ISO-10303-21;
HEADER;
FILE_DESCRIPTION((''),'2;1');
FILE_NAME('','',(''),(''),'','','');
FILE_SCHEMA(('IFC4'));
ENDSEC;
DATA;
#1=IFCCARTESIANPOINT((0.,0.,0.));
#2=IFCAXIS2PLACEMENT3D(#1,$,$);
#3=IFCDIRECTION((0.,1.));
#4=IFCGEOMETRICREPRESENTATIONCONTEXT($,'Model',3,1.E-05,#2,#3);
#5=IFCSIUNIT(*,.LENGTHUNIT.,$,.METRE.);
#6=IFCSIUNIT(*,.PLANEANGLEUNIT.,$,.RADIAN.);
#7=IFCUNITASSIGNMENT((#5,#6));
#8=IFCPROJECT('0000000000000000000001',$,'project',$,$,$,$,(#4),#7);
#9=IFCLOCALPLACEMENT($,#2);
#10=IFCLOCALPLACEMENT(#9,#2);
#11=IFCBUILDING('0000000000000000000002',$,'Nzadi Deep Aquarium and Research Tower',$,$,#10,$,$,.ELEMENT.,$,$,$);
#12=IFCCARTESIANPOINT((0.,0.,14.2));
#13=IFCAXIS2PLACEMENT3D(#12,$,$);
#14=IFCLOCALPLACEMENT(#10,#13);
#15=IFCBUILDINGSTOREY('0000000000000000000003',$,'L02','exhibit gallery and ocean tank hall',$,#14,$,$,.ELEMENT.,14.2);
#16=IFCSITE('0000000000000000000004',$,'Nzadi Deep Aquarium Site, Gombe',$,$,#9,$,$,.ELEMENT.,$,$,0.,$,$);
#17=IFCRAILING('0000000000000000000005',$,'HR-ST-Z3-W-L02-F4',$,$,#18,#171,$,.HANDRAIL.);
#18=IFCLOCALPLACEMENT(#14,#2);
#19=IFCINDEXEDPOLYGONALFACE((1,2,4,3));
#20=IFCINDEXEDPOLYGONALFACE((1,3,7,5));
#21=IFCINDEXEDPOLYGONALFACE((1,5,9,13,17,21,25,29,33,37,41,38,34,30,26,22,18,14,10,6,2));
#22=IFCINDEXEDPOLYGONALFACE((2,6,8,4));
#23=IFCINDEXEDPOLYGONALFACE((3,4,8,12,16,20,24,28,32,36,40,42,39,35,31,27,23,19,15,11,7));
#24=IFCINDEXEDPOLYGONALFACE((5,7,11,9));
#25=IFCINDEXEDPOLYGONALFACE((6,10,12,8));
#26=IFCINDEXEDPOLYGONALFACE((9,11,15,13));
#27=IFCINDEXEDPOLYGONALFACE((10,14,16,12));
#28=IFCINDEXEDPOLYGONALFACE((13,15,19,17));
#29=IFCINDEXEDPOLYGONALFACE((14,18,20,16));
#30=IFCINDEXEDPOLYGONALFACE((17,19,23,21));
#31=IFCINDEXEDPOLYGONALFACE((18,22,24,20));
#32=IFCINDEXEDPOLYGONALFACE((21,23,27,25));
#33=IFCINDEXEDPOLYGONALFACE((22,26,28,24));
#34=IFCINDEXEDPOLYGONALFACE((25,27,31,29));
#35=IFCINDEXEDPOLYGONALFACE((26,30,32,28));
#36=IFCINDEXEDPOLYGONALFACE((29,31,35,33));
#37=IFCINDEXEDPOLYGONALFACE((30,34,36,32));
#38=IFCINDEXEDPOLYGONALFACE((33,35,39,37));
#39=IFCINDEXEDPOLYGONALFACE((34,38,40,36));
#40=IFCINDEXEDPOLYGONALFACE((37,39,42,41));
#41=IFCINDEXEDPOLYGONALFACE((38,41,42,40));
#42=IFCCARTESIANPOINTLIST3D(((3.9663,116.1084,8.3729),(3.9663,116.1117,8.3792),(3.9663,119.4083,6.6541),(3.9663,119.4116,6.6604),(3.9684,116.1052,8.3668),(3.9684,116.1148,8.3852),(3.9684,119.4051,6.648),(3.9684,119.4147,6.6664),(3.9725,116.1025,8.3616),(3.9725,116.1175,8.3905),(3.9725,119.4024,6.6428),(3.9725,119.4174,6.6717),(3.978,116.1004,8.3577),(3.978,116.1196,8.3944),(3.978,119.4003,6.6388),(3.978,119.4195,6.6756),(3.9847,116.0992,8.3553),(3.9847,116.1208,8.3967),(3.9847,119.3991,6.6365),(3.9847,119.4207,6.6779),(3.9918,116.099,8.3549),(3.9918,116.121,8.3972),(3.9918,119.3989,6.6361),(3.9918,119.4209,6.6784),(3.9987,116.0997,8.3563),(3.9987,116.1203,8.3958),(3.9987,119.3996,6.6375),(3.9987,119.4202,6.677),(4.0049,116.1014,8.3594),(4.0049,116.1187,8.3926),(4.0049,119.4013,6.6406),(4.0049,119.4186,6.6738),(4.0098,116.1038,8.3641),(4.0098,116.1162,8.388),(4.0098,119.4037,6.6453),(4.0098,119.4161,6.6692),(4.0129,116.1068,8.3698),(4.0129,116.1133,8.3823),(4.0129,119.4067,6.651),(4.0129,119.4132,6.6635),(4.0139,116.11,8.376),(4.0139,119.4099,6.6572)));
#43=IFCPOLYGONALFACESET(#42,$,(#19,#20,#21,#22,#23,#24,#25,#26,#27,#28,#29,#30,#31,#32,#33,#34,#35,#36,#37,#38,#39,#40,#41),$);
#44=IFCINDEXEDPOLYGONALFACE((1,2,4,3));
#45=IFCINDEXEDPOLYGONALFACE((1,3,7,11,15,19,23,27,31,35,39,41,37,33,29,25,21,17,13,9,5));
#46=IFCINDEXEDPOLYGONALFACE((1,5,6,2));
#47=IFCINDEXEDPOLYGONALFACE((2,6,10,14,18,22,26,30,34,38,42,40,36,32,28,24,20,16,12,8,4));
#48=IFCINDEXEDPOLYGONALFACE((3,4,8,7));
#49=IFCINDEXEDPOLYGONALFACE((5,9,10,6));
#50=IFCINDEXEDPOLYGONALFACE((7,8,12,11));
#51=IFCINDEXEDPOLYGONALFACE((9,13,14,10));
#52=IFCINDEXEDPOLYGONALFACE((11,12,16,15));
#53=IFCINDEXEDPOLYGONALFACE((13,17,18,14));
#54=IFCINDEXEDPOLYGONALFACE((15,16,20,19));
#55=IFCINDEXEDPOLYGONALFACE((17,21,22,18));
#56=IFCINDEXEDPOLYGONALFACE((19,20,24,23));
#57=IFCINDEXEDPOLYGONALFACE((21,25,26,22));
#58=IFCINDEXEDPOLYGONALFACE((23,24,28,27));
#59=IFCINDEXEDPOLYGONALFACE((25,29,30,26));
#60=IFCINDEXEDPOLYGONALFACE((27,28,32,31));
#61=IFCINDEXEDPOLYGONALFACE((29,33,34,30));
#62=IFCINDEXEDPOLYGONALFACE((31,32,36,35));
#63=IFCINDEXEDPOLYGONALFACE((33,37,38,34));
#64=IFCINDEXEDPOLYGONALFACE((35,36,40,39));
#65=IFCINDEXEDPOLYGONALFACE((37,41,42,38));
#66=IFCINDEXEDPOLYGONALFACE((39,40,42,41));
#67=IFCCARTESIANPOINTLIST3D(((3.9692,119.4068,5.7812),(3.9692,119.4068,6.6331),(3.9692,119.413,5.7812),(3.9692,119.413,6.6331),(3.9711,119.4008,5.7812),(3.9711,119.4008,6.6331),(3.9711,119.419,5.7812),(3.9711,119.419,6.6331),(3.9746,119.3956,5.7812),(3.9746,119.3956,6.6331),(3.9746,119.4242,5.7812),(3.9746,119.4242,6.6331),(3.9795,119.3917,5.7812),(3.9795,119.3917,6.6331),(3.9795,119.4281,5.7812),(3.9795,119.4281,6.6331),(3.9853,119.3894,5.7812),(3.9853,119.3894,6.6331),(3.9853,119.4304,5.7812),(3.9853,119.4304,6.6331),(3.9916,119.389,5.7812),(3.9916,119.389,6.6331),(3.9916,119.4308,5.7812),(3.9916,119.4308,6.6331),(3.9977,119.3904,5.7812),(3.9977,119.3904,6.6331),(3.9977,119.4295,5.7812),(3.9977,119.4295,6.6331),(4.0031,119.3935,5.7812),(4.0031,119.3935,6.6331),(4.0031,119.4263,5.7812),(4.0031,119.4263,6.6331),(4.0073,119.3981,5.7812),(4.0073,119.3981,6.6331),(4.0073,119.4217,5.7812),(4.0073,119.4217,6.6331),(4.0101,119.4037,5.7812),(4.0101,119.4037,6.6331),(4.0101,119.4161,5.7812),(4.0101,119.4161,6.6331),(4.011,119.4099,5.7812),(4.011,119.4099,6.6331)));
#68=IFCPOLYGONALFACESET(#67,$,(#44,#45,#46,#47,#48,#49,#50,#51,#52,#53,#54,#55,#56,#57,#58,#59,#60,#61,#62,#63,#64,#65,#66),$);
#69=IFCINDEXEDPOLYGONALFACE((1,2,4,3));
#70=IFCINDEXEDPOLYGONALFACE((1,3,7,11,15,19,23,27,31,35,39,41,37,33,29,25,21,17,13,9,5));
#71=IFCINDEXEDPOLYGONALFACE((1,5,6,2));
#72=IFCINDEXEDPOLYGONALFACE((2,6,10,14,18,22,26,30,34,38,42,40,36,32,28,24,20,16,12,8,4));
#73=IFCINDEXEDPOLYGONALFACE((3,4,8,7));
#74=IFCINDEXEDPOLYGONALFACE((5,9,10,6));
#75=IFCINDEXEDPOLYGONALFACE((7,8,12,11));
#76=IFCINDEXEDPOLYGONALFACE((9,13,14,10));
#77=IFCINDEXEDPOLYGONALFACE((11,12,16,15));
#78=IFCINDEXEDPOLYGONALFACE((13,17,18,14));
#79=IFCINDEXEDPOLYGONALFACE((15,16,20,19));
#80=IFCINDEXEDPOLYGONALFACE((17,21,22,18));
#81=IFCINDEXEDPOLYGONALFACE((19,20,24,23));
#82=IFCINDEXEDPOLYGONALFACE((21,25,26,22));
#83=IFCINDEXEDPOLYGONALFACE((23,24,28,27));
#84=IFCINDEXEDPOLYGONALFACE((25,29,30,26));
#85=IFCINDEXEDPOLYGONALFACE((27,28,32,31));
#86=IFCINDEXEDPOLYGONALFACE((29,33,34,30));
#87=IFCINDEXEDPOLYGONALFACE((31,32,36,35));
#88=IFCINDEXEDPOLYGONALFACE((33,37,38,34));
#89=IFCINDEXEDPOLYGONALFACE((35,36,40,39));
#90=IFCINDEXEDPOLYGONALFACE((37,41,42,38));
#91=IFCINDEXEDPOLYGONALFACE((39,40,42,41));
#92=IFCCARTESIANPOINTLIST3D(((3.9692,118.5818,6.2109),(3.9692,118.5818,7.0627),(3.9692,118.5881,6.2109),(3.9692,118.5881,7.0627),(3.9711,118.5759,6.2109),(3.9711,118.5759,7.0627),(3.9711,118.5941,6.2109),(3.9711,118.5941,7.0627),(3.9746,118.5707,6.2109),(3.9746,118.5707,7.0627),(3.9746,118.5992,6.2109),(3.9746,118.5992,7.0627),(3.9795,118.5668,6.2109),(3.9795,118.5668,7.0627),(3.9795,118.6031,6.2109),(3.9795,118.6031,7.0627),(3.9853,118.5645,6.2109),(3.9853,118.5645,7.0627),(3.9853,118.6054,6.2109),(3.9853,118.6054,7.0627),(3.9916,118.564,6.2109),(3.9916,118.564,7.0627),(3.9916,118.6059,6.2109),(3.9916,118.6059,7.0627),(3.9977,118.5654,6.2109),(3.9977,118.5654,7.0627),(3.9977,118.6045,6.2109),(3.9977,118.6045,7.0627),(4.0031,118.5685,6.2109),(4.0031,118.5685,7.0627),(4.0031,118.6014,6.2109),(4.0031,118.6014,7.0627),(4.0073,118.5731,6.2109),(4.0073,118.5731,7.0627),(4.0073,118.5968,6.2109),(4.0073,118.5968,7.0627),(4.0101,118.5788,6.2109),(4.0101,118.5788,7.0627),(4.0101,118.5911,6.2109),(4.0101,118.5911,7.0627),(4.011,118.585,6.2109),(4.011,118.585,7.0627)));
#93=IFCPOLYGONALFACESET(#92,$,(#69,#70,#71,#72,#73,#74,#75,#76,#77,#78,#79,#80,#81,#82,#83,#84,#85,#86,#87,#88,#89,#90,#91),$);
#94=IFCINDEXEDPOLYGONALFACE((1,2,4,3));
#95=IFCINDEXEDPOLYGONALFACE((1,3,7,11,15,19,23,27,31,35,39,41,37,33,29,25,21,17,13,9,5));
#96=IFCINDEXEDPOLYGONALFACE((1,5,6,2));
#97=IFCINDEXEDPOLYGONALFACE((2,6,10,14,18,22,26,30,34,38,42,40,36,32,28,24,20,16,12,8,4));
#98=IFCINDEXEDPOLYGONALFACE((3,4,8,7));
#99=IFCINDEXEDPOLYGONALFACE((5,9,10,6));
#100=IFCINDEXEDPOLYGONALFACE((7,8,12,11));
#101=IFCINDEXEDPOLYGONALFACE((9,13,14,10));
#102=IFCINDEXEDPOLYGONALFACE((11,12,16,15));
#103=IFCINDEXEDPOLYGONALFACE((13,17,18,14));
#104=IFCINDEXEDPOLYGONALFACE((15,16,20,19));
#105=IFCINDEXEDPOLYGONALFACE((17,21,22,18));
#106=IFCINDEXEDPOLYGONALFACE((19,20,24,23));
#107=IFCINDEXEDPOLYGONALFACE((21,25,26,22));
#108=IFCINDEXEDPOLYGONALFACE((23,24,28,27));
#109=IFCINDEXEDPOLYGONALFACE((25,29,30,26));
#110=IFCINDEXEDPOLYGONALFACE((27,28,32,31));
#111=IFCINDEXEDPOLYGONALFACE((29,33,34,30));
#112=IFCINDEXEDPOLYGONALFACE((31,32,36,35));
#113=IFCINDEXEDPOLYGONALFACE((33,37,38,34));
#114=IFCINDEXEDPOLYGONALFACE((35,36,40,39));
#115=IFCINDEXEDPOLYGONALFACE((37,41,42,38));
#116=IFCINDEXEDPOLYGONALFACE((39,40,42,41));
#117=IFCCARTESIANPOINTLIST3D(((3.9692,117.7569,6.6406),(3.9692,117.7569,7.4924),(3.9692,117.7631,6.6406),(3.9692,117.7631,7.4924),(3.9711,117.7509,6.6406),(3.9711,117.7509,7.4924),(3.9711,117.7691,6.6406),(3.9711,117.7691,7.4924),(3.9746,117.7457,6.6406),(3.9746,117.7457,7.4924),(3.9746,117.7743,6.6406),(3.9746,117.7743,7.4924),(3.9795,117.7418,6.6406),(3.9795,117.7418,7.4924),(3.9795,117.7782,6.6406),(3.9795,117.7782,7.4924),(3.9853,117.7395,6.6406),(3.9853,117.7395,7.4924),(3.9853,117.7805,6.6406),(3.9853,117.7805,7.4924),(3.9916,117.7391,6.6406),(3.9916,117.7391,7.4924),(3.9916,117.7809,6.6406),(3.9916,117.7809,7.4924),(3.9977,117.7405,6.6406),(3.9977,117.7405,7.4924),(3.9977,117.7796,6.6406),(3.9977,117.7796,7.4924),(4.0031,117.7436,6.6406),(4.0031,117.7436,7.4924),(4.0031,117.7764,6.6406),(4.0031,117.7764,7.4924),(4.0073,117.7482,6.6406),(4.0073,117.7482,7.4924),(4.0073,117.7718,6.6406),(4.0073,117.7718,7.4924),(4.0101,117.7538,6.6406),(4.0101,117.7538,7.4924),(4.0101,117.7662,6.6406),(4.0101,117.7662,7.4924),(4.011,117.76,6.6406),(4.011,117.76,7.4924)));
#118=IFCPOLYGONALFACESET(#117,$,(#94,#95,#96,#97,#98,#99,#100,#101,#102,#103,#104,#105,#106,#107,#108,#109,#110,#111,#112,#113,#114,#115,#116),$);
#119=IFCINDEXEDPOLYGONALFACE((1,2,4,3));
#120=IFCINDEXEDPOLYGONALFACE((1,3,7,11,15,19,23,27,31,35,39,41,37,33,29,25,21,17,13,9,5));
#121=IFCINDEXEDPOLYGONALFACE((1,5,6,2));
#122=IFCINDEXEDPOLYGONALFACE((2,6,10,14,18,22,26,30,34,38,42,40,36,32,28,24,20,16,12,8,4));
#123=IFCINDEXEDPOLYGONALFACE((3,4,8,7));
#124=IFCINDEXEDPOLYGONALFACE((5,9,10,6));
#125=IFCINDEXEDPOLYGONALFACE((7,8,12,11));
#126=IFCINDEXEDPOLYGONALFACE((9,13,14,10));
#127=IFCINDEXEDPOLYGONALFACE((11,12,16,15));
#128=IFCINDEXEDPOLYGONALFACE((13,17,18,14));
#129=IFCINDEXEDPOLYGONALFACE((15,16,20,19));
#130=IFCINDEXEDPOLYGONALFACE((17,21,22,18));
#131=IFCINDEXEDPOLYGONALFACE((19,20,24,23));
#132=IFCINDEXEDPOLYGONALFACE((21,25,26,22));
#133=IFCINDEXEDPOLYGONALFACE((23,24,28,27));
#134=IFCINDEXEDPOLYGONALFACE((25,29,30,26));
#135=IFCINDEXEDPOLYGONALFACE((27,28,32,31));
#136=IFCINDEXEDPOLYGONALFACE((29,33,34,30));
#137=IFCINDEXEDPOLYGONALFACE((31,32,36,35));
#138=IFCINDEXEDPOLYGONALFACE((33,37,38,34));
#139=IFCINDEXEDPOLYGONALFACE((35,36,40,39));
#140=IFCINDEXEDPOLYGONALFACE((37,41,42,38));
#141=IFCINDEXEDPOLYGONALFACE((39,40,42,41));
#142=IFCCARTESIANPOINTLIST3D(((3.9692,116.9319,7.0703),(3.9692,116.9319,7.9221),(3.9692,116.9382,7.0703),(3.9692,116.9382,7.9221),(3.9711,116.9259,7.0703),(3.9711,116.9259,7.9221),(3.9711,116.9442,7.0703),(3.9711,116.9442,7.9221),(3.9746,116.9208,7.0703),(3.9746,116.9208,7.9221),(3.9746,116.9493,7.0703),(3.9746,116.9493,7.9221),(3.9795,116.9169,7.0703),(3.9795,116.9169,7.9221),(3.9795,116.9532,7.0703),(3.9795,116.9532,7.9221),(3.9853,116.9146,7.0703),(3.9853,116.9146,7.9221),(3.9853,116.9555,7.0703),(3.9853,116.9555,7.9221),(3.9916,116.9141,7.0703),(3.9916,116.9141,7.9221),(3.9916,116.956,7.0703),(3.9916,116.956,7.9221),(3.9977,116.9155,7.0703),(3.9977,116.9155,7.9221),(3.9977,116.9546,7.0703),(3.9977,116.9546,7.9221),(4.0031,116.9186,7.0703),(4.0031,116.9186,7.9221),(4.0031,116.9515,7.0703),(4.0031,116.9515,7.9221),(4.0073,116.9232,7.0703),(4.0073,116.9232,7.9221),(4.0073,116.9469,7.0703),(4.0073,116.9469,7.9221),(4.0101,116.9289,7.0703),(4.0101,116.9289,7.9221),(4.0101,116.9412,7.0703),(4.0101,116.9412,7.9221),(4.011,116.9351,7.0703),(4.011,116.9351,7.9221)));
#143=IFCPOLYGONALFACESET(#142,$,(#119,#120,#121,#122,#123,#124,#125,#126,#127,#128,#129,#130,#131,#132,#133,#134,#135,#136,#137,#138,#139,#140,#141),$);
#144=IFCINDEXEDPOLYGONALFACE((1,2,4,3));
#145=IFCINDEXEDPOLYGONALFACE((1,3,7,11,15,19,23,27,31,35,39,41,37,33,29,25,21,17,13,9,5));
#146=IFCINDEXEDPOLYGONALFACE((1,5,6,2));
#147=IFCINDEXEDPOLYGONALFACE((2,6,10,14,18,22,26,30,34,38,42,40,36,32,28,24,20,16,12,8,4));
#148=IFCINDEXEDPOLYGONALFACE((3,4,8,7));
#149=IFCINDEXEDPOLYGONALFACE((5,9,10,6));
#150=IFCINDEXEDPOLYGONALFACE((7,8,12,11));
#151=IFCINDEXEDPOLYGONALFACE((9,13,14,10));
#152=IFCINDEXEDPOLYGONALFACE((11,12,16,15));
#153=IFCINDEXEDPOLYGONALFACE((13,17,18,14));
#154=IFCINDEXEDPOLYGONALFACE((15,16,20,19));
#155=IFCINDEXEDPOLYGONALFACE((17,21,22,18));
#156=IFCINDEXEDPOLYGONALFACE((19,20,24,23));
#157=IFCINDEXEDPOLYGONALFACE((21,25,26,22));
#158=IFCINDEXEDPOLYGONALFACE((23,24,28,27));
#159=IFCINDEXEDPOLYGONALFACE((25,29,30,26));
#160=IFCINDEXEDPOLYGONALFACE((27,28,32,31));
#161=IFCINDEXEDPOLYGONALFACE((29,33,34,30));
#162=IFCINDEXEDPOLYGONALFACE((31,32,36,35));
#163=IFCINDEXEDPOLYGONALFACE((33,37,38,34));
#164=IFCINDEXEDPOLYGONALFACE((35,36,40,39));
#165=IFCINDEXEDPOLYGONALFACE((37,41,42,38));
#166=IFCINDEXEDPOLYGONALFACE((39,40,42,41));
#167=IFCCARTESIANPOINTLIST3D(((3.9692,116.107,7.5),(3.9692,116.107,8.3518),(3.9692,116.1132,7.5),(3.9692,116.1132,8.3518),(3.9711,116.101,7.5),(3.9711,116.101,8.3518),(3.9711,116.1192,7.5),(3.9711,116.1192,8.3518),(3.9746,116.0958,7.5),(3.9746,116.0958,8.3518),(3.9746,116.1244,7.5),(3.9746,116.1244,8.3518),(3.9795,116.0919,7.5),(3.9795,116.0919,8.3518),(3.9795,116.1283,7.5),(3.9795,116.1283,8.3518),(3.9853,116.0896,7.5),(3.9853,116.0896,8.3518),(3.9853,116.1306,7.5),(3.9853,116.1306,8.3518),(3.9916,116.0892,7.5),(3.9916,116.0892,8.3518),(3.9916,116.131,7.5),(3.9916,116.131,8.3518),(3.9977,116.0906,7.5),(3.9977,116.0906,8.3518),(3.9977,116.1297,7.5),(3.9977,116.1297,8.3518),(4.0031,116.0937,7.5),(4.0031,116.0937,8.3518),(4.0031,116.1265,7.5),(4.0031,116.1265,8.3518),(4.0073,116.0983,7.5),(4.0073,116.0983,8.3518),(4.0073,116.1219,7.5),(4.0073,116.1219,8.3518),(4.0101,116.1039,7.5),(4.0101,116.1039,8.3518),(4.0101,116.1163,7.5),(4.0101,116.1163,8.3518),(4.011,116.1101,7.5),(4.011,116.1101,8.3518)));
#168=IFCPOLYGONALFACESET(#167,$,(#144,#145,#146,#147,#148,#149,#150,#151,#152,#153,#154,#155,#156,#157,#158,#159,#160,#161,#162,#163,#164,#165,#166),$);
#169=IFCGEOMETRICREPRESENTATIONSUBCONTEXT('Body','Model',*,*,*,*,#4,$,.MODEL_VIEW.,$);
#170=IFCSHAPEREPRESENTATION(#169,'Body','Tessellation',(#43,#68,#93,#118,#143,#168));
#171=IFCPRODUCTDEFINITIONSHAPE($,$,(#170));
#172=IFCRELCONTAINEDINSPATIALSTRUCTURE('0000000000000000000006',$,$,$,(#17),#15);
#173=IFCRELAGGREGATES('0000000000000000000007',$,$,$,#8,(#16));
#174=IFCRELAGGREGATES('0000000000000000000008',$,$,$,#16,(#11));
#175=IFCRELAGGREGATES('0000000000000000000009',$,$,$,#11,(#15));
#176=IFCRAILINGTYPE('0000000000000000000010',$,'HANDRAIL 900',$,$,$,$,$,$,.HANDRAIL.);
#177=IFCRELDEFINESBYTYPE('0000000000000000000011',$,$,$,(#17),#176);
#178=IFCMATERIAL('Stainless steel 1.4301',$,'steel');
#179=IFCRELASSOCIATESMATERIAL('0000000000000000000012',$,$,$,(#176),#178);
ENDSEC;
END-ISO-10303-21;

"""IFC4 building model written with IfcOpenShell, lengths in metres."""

from ifc_helpers import new_model, si_unit, direction, frame, origin, origin_2d, place, context, subcontext, project, spatial, circle, extrude, material, type_object, element, save


model = new_model("IFC4")

# Units and contexts
model_context = context("Model", 3, precision=1e-05, world=origin(), true_north=direction((0.0, 1.0)))
body_context = subcontext(model_context, "Body", "Model", "MODEL_VIEW")
ifc_project = project(units=[si_unit("LENGTHUNIT", "METRE"), si_unit("PLANEANGLEUNIT", "RADIAN")], contexts=[model_context])

# Site, building, storey
site_placement = place(None, origin())
site = spatial("IfcSite", under=ifc_project, at=site_placement, Name="Nzadi Deep Aquarium Site, Gombe", CompositionType="ELEMENT", RefElevation=0.0)
building_placement = place(site_placement, origin())
building = spatial("IfcBuilding", under=site, at=building_placement, Name="Nzadi Deep Aquarium and Research Tower", CompositionType="ELEMENT")
storey_placement = place(building_placement, frame((0.0, 0.0, 14.2)))
storey = spatial("IfcBuildingStorey", under=building, at=storey_placement, Name="L02", Description="exhibit gallery and ocean tank hall", CompositionType="ELEMENT", Elevation=14.2)

# Railing
ifc_material_1 = material(Name="Stainless steel 1.4301", Category="steel")
railing_type = type_object("IfcRailingType", Name="HANDRAIL 900", PredefinedType="HANDRAIL", material=ifc_material_1)
for number, where, name in (
    (1, (3.99, 119.4099, 5.7812), "HR-ST-Z3-W-L02-F4"),
):
    element("IfcRailing", number, at=place(storey_placement, frame(where)), inside=storey, type_object=railing_type, Name=name, PredefinedType="HANDRAIL", context=body_context, shape_type="SweptSolid", body=[
        extrude(circle(Radius=0.0239, at=origin_2d()), frame((0.0, 0.0, 0.876), z_axis=(0.0, -0.886903, 0.461956), x_axis=(1.0, 0.0, 0.0)), (0.0, 0.0, 1.0), 3.7207),
        extrude(circle(Radius=0.021, at=origin_2d()), origin(), (0.0, 0.0, 1.0), 0.8518),
        extrude(circle(Radius=0.021, at=origin_2d()), frame((0.0, -0.825, 0.4297)), (0.0, 0.0, 1.0), 0.8518),
        extrude(circle(Radius=0.021, at=origin_2d()), frame((0.0, -1.6499, 0.8594)), (0.0, 0.0, 1.0), 0.8518),
        extrude(circle(Radius=0.021, at=origin_2d()), frame((0.0, -2.4749, 1.2891)), (0.0, 0.0, 1.0), 0.8518),
        extrude(circle(Radius=0.021, at=origin_2d()), frame((0.0, -3.2998, 1.7188)), (0.0, 0.0, 1.0), 0.8518),
    ])

save(model, "model.ifc")
